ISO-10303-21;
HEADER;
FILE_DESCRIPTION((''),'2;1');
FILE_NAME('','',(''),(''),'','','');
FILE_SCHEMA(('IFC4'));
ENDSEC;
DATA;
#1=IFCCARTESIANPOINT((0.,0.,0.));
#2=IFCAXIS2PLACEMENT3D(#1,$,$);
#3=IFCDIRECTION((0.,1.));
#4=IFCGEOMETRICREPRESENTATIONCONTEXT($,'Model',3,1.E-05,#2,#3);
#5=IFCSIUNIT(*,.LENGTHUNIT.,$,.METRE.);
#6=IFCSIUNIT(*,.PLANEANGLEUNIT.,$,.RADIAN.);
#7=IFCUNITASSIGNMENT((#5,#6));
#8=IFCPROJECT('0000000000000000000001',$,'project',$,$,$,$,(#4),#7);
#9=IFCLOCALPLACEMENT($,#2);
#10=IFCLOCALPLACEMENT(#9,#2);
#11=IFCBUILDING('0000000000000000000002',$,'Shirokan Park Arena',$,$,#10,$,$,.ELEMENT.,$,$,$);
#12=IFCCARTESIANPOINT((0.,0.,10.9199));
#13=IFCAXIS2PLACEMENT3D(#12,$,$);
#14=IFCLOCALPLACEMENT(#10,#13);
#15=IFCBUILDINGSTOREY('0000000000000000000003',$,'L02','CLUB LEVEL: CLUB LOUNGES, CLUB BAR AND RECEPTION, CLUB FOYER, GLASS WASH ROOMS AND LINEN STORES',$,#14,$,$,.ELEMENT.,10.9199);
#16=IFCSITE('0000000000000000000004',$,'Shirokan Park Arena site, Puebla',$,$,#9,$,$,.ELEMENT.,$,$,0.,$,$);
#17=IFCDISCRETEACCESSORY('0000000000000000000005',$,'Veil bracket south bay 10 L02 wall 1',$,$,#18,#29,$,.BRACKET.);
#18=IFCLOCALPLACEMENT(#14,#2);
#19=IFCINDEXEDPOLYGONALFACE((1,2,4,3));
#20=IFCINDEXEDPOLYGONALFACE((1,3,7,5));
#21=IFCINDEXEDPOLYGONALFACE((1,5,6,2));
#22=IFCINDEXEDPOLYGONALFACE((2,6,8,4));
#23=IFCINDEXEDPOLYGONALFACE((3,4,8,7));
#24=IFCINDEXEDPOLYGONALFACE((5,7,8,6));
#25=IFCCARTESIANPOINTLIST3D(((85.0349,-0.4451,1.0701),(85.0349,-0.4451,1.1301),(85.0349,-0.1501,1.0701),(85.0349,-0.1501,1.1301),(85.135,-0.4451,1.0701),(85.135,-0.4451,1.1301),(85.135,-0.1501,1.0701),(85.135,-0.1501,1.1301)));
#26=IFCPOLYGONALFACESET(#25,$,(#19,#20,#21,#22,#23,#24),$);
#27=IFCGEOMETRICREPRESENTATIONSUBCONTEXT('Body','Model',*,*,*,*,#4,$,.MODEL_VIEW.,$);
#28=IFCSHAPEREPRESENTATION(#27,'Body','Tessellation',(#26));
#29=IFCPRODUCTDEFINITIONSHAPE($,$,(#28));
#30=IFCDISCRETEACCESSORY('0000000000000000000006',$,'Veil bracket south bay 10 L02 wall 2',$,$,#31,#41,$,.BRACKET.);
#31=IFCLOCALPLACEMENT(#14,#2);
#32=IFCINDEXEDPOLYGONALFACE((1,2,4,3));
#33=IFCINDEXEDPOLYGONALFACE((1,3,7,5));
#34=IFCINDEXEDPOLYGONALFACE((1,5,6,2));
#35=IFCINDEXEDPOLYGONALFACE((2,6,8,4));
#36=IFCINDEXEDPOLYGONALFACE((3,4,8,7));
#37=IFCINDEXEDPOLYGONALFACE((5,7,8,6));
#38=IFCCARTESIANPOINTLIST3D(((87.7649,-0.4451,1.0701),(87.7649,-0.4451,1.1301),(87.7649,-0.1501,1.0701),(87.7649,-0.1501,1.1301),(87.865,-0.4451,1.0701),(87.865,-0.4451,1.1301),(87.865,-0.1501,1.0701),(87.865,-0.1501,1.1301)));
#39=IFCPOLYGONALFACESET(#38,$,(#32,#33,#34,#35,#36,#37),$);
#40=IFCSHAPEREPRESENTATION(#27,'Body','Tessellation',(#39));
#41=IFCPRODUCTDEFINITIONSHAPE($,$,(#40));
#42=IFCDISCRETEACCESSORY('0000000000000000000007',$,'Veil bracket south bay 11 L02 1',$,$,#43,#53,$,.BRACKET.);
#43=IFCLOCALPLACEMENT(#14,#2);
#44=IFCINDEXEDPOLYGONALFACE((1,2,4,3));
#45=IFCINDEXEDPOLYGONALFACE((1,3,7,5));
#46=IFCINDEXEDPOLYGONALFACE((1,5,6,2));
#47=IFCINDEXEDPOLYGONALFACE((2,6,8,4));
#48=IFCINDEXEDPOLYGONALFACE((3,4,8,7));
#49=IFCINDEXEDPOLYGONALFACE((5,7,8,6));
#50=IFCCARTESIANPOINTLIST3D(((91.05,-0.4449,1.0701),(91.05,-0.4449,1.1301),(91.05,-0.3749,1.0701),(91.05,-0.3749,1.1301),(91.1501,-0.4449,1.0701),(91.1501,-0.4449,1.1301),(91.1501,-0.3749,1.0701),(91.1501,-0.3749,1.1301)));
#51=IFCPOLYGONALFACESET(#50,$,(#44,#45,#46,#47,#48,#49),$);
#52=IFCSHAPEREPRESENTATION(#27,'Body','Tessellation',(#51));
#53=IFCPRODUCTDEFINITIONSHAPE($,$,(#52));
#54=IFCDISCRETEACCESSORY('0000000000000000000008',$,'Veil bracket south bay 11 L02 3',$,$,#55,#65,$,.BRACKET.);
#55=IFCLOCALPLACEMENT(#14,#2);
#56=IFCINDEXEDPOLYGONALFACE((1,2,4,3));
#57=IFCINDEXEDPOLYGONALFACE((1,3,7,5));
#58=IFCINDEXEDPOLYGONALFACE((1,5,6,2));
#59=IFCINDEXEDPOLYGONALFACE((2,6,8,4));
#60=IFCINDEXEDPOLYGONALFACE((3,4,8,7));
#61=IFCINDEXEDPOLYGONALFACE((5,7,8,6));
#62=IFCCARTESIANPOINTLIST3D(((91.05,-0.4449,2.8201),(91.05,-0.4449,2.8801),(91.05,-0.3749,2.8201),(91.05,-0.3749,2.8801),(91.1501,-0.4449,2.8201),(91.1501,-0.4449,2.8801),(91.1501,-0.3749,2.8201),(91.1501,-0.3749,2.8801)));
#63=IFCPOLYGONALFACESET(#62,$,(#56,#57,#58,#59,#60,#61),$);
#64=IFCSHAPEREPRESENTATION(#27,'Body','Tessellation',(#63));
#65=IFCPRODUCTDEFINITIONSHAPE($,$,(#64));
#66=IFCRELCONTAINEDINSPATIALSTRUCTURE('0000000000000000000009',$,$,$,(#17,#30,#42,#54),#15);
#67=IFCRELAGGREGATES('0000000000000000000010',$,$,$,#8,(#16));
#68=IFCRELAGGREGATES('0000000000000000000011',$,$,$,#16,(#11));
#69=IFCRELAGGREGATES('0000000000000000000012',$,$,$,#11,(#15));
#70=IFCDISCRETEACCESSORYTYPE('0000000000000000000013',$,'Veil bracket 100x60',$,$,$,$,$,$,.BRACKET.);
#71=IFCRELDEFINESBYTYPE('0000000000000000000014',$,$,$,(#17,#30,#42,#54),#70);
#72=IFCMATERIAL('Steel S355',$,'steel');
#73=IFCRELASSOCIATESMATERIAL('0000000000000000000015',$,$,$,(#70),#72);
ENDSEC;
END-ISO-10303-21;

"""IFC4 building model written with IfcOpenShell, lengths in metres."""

from ifc_helpers import new_model, si_unit, direction, frame, origin, origin_2d, place, context, subcontext, project, spatial, rectangle, extrude, material, type_object, element, save


model = new_model("IFC4")

# Units and contexts
model_context = context("Model", 3, precision=1e-05, world=origin(), true_north=direction((0.0, 1.0)))
body_context = subcontext(model_context, "Body", "Model", "MODEL_VIEW")
ifc_project = project(units=[si_unit("LENGTHUNIT", "METRE"), si_unit("PLANEANGLEUNIT", "RADIAN")], contexts=[model_context])

# Site, building, storey
site_placement = place(None, origin())
site = spatial("IfcSite", under=ifc_project, at=site_placement, Name="Shirokan Park Arena site, Puebla", CompositionType="ELEMENT", RefElevation=0.0)
building_placement = place(site_placement, origin())
building = spatial("IfcBuilding", under=site, at=building_placement, Name="Shirokan Park Arena", CompositionType="ELEMENT")
storey_placement = place(building_placement, frame((0.0, 0.0, 10.9199)))
storey = spatial("IfcBuildingStorey", under=building, at=storey_placement, Name="L02", Description="CLUB LEVEL: CLUB LOUNGES, CLUB BAR AND RECEPTION, CLUB FOYER, GLASS WASH ROOMS AND LINEN STORES", CompositionType="ELEMENT", Elevation=10.9199)

# Shared definitions
ifc_material_1 = material(Name="Steel S355", Category="steel")

# Discrete accessories
discrete_accessory_type = type_object("IfcDiscreteAccessoryType", Name="Veil bracket 100x60", PredefinedType="BRACKET", material=ifc_material_1)
for number, where, z_axis, x_axis, name in (
    (1, (85.085, -0.2976, 1.0701), (0.0, 0.0, 1.0), (1.0, 0.0, 0.0), "Veil bracket south bay 10 L02 wall 1"),
    (2, (87.8149, -0.2976, 1.0701), (0.0, 0.0, 1.0), (1.0, 0.0, 0.0), "Veil bracket south bay 10 L02 wall 2"),
):
    element("IfcDiscreteAccessory", number, at=place(storey_placement, frame(where, z_axis=z_axis, x_axis=x_axis)), inside=storey, type_object=discrete_accessory_type, Name=name, PredefinedType="BRACKET", context=body_context, shape_type="SweptSolid", body=[
        extrude(rectangle(XDim=0.1001, YDim=0.2949, at=origin_2d()), origin(), (0.0, 0.0, 1.0), 0.0601),
    ])
for number, where, z_axis, x_axis, name in (
    (3, (91.1001, -0.4099, 1.0701), (0.0, 0.0, 1.0), (1.0, 0.0, 0.0), "Veil bracket south bay 11 L02 1"),
    (4, (91.1001, -0.4099, 2.8201), (0.0, 0.0, 1.0), (1.0, 0.0, 0.0), "Veil bracket south bay 11 L02 3"),
):
    element("IfcDiscreteAccessory", number, at=place(storey_placement, frame(where, z_axis=z_axis, x_axis=x_axis)), inside=storey, type_object=discrete_accessory_type, Name=name, PredefinedType="BRACKET", context=body_context, shape_type="SweptSolid", body=[
        extrude(rectangle(XDim=0.1001, YDim=0.0701, at=origin_2d()), origin(), (0.0, 0.0, 1.0), 0.0601),
    ])

save(model, "model.ifc")
